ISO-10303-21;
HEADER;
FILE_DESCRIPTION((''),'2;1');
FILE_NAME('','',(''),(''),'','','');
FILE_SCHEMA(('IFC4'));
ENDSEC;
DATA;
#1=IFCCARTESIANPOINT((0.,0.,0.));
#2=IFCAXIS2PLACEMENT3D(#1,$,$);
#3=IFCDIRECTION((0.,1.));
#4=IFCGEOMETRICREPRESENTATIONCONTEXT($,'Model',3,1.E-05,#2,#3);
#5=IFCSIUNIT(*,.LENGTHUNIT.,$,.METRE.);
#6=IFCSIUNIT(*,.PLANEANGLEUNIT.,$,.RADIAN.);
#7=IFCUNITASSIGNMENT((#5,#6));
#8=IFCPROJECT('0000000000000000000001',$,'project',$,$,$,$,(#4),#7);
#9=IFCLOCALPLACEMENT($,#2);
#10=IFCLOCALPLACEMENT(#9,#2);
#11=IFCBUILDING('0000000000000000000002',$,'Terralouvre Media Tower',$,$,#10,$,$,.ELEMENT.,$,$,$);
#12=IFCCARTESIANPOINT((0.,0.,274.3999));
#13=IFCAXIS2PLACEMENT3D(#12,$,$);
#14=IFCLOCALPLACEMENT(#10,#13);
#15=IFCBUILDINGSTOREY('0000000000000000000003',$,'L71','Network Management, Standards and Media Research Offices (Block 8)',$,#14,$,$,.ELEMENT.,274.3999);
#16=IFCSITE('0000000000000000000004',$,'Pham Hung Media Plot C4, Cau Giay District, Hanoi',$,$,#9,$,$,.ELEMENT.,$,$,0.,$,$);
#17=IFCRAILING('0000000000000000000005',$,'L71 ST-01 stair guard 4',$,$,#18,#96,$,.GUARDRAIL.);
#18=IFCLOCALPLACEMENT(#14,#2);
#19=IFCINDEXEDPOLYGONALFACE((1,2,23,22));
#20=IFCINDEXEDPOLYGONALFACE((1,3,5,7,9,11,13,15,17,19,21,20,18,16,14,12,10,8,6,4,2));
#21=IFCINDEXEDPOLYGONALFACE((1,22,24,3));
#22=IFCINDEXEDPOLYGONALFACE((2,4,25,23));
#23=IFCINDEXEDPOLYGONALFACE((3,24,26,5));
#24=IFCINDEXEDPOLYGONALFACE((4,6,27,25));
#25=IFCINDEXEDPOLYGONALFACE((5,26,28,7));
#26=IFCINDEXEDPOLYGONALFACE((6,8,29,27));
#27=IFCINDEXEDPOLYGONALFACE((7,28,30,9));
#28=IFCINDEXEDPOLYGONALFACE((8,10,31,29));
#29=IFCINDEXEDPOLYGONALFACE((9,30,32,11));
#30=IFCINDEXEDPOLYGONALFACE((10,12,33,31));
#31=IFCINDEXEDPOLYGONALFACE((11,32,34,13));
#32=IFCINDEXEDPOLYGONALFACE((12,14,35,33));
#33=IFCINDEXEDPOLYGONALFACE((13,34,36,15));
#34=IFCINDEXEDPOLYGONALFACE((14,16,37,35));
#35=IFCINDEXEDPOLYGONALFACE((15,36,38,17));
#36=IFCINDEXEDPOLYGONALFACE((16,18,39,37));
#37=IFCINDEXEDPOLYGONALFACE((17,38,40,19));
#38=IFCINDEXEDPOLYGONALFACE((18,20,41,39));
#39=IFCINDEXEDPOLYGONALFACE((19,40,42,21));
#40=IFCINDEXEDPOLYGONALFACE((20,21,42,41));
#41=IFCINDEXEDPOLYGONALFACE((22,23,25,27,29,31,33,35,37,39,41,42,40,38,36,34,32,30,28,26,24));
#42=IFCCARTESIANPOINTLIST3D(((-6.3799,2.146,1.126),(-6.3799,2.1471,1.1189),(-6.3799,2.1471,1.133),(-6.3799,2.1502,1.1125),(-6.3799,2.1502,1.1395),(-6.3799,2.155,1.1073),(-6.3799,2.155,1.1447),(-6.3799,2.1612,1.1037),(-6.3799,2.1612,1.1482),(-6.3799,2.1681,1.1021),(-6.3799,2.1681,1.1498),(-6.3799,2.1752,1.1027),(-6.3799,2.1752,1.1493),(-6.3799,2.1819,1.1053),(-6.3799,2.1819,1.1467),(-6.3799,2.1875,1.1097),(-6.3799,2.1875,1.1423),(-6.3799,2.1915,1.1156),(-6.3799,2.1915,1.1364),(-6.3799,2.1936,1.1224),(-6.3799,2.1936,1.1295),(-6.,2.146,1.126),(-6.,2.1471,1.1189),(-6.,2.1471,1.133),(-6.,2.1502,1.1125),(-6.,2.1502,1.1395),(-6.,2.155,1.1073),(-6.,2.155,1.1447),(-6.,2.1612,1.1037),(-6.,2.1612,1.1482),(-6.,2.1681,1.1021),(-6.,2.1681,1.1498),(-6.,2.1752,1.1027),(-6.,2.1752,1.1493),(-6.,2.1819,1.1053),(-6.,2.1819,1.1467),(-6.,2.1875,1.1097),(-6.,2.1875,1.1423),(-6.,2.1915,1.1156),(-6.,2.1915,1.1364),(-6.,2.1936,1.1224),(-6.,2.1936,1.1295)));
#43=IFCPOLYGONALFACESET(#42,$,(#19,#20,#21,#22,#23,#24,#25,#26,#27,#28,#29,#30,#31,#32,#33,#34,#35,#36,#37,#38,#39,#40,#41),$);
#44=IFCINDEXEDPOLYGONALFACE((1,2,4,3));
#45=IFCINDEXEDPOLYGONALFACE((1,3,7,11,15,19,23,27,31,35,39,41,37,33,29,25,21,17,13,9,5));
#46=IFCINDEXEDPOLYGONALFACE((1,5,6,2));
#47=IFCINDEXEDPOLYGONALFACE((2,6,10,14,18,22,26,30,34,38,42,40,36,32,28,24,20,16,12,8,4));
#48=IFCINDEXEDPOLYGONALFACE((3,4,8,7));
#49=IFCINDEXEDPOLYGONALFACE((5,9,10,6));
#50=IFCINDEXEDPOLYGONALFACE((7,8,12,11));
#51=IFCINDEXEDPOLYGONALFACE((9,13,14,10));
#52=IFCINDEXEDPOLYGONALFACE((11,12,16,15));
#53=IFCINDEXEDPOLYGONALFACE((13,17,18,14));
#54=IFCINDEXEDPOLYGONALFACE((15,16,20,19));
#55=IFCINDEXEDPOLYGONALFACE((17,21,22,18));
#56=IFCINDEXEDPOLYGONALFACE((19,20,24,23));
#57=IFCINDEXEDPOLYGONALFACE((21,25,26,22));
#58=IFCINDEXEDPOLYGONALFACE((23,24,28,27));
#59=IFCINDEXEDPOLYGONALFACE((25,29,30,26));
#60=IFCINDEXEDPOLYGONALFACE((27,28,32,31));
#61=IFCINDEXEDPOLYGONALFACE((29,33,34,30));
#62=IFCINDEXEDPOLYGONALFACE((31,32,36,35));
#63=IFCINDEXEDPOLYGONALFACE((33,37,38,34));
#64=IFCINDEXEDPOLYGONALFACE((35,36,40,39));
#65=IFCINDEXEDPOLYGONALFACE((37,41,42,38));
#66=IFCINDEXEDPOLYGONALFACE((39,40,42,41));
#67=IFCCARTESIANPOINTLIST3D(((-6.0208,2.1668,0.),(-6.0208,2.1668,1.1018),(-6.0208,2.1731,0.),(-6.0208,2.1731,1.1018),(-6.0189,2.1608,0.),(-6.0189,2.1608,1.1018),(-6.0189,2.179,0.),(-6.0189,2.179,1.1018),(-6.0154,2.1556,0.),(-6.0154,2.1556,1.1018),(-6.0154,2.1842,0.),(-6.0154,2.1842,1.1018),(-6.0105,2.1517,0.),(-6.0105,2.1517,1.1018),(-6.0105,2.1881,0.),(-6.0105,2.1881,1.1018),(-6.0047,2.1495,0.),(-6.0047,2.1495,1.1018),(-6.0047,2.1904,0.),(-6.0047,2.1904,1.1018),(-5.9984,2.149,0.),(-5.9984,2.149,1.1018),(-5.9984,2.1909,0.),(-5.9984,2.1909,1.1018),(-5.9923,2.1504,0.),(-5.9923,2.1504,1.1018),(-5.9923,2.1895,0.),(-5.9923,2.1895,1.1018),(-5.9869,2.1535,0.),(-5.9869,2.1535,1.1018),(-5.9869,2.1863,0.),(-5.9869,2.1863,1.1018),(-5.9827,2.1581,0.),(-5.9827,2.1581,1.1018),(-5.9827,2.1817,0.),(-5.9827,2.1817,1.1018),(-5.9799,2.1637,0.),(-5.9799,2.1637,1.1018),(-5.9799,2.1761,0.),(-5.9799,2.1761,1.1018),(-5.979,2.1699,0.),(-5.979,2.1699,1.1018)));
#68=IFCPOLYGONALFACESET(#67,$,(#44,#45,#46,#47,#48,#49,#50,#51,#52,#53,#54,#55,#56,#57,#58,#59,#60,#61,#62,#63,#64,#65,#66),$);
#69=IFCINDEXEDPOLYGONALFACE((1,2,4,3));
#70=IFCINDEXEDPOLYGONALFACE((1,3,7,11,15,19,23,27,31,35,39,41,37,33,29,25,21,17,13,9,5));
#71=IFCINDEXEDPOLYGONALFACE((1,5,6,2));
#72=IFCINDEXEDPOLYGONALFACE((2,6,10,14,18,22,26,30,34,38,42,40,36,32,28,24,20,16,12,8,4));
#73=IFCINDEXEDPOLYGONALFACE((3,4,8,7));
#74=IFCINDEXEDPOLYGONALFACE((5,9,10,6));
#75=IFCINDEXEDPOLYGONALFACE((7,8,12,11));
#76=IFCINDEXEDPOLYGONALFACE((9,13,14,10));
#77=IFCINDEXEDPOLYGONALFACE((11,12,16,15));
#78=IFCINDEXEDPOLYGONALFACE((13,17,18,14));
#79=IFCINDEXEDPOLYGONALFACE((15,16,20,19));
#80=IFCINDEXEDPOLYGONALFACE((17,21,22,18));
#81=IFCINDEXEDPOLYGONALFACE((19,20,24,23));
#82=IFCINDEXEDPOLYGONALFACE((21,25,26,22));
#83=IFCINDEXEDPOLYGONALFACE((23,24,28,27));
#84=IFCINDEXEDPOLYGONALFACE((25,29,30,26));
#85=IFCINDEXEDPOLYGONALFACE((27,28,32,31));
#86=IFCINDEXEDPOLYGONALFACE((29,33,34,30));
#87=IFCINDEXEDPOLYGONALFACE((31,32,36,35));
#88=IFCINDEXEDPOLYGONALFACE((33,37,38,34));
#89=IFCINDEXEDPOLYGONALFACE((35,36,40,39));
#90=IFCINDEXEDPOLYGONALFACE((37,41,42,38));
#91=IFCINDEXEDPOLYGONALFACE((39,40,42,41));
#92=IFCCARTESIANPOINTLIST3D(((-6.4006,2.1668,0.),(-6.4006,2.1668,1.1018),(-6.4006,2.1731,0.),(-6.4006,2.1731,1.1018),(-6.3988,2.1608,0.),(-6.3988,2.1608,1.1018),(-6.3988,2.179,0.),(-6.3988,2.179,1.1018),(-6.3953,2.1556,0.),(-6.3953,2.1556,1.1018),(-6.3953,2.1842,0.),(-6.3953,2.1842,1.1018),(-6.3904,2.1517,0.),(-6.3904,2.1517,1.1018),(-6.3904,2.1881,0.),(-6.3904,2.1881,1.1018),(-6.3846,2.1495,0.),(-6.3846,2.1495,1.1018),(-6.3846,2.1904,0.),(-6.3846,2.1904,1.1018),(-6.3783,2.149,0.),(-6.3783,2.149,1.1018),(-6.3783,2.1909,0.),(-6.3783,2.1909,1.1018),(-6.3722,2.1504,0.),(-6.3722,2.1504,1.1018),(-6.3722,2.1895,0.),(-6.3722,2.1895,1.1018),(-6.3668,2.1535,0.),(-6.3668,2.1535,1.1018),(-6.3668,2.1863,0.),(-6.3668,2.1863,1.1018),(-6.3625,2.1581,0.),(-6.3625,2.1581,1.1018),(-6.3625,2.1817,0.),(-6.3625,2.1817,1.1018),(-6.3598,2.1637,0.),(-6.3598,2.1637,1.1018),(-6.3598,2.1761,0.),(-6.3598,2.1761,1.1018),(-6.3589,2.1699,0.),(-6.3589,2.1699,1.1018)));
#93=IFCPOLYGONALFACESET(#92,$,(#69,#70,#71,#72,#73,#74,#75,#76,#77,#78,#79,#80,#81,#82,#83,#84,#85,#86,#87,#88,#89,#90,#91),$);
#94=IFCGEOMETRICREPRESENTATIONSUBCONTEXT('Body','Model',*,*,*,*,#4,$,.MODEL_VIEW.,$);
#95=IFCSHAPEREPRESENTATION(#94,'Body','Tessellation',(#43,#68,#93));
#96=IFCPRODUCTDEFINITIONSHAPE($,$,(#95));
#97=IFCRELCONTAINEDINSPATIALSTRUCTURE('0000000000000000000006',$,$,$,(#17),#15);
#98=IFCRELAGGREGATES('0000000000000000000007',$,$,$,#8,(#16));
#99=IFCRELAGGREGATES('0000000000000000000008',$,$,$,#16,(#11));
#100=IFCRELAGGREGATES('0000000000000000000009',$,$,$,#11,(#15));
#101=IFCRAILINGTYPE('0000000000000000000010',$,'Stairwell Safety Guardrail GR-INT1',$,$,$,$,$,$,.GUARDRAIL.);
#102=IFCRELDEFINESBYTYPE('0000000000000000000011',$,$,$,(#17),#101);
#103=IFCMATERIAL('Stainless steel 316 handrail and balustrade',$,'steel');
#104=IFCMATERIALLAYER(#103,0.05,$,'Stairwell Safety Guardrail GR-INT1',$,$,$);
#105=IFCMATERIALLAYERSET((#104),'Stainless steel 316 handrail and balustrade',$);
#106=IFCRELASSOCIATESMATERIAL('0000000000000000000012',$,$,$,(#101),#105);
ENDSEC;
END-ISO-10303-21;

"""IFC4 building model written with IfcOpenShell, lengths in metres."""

from ifc_helpers import new_model, si_unit, direction, frame, origin, origin_2d, place, context, subcontext, project, spatial, circle, extrude, material, layer, layer_set, type_object, element, save


model = new_model("IFC4")

# Units and contexts
model_context = context("Model", 3, precision=1e-05, world=origin(), true_north=direction((0.0, 1.0)))
body_context = subcontext(model_context, "Body", "Model", "MODEL_VIEW")
ifc_project = project(units=[si_unit("LENGTHUNIT", "METRE"), si_unit("PLANEANGLEUNIT", "RADIAN")], contexts=[model_context])

# Site, building, storey
site_placement = place(None, origin())
site = spatial("IfcSite", under=ifc_project, at=site_placement, Name="Pham Hung Media Plot C4, Cau Giay District, Hanoi", CompositionType="ELEMENT", RefElevation=0.0)
building_placement = place(site_placement, origin())
building = spatial("IfcBuilding", under=site, at=building_placement, Name="Terralouvre Media Tower", CompositionType="ELEMENT")
storey_placement = place(building_placement, frame((0.0, 0.0, 274.3999)))
storey = spatial("IfcBuildingStorey", under=building, at=storey_placement, Name="L71", Description="Network Management, Standards and Media Research Offices (Block 8)", CompositionType="ELEMENT", Elevation=274.3999)

# Railing
ifc_material_1 = material(Name="Stainless steel 316 handrail and balustrade", Category="steel")
ifc_layer_1 = layer(ifc_material_1, 0.05, Name="Stairwell Safety Guardrail GR-INT1")
ifc_layer_set_1 = layer_set([ifc_layer_1], Name="Stainless steel 316 handrail and balustrade")
railing_type_1 = type_object("IfcRailingType", Name="Stairwell Safety Guardrail GR-INT1", PredefinedType="GUARDRAIL", material=ifc_layer_set_1)
railing_1_placement = place(storey_placement, frame((-6.0, 2.1699, 0.0)))
element("IfcRailing", 1, at=railing_1_placement, inside=storey, type_object=railing_type_1, Name="L71 ST-01 stair guard 4", PredefinedType="GUARDRAIL", context=body_context, shape_type="SweptSolid", body=[
    extrude(circle(Radius=0.0239, at=origin_2d()), frame((0.0, 0.0, 1.126), z_axis=(-1.0, 0.0, 0.0), x_axis=(0.0, -1.0, 0.0)), (0.0, 0.0, 1.0), 0.3799),
    extrude(circle(Radius=0.021, at=origin_2d()), origin(), (0.0, 0.0, 1.0), 1.1018),
    extrude(circle(Radius=0.021, at=origin_2d()), frame((-0.3799, 0.0, 0.0)), (0.0, 0.0, 1.0), 1.1018),
])

save(model, "model.ifc")
